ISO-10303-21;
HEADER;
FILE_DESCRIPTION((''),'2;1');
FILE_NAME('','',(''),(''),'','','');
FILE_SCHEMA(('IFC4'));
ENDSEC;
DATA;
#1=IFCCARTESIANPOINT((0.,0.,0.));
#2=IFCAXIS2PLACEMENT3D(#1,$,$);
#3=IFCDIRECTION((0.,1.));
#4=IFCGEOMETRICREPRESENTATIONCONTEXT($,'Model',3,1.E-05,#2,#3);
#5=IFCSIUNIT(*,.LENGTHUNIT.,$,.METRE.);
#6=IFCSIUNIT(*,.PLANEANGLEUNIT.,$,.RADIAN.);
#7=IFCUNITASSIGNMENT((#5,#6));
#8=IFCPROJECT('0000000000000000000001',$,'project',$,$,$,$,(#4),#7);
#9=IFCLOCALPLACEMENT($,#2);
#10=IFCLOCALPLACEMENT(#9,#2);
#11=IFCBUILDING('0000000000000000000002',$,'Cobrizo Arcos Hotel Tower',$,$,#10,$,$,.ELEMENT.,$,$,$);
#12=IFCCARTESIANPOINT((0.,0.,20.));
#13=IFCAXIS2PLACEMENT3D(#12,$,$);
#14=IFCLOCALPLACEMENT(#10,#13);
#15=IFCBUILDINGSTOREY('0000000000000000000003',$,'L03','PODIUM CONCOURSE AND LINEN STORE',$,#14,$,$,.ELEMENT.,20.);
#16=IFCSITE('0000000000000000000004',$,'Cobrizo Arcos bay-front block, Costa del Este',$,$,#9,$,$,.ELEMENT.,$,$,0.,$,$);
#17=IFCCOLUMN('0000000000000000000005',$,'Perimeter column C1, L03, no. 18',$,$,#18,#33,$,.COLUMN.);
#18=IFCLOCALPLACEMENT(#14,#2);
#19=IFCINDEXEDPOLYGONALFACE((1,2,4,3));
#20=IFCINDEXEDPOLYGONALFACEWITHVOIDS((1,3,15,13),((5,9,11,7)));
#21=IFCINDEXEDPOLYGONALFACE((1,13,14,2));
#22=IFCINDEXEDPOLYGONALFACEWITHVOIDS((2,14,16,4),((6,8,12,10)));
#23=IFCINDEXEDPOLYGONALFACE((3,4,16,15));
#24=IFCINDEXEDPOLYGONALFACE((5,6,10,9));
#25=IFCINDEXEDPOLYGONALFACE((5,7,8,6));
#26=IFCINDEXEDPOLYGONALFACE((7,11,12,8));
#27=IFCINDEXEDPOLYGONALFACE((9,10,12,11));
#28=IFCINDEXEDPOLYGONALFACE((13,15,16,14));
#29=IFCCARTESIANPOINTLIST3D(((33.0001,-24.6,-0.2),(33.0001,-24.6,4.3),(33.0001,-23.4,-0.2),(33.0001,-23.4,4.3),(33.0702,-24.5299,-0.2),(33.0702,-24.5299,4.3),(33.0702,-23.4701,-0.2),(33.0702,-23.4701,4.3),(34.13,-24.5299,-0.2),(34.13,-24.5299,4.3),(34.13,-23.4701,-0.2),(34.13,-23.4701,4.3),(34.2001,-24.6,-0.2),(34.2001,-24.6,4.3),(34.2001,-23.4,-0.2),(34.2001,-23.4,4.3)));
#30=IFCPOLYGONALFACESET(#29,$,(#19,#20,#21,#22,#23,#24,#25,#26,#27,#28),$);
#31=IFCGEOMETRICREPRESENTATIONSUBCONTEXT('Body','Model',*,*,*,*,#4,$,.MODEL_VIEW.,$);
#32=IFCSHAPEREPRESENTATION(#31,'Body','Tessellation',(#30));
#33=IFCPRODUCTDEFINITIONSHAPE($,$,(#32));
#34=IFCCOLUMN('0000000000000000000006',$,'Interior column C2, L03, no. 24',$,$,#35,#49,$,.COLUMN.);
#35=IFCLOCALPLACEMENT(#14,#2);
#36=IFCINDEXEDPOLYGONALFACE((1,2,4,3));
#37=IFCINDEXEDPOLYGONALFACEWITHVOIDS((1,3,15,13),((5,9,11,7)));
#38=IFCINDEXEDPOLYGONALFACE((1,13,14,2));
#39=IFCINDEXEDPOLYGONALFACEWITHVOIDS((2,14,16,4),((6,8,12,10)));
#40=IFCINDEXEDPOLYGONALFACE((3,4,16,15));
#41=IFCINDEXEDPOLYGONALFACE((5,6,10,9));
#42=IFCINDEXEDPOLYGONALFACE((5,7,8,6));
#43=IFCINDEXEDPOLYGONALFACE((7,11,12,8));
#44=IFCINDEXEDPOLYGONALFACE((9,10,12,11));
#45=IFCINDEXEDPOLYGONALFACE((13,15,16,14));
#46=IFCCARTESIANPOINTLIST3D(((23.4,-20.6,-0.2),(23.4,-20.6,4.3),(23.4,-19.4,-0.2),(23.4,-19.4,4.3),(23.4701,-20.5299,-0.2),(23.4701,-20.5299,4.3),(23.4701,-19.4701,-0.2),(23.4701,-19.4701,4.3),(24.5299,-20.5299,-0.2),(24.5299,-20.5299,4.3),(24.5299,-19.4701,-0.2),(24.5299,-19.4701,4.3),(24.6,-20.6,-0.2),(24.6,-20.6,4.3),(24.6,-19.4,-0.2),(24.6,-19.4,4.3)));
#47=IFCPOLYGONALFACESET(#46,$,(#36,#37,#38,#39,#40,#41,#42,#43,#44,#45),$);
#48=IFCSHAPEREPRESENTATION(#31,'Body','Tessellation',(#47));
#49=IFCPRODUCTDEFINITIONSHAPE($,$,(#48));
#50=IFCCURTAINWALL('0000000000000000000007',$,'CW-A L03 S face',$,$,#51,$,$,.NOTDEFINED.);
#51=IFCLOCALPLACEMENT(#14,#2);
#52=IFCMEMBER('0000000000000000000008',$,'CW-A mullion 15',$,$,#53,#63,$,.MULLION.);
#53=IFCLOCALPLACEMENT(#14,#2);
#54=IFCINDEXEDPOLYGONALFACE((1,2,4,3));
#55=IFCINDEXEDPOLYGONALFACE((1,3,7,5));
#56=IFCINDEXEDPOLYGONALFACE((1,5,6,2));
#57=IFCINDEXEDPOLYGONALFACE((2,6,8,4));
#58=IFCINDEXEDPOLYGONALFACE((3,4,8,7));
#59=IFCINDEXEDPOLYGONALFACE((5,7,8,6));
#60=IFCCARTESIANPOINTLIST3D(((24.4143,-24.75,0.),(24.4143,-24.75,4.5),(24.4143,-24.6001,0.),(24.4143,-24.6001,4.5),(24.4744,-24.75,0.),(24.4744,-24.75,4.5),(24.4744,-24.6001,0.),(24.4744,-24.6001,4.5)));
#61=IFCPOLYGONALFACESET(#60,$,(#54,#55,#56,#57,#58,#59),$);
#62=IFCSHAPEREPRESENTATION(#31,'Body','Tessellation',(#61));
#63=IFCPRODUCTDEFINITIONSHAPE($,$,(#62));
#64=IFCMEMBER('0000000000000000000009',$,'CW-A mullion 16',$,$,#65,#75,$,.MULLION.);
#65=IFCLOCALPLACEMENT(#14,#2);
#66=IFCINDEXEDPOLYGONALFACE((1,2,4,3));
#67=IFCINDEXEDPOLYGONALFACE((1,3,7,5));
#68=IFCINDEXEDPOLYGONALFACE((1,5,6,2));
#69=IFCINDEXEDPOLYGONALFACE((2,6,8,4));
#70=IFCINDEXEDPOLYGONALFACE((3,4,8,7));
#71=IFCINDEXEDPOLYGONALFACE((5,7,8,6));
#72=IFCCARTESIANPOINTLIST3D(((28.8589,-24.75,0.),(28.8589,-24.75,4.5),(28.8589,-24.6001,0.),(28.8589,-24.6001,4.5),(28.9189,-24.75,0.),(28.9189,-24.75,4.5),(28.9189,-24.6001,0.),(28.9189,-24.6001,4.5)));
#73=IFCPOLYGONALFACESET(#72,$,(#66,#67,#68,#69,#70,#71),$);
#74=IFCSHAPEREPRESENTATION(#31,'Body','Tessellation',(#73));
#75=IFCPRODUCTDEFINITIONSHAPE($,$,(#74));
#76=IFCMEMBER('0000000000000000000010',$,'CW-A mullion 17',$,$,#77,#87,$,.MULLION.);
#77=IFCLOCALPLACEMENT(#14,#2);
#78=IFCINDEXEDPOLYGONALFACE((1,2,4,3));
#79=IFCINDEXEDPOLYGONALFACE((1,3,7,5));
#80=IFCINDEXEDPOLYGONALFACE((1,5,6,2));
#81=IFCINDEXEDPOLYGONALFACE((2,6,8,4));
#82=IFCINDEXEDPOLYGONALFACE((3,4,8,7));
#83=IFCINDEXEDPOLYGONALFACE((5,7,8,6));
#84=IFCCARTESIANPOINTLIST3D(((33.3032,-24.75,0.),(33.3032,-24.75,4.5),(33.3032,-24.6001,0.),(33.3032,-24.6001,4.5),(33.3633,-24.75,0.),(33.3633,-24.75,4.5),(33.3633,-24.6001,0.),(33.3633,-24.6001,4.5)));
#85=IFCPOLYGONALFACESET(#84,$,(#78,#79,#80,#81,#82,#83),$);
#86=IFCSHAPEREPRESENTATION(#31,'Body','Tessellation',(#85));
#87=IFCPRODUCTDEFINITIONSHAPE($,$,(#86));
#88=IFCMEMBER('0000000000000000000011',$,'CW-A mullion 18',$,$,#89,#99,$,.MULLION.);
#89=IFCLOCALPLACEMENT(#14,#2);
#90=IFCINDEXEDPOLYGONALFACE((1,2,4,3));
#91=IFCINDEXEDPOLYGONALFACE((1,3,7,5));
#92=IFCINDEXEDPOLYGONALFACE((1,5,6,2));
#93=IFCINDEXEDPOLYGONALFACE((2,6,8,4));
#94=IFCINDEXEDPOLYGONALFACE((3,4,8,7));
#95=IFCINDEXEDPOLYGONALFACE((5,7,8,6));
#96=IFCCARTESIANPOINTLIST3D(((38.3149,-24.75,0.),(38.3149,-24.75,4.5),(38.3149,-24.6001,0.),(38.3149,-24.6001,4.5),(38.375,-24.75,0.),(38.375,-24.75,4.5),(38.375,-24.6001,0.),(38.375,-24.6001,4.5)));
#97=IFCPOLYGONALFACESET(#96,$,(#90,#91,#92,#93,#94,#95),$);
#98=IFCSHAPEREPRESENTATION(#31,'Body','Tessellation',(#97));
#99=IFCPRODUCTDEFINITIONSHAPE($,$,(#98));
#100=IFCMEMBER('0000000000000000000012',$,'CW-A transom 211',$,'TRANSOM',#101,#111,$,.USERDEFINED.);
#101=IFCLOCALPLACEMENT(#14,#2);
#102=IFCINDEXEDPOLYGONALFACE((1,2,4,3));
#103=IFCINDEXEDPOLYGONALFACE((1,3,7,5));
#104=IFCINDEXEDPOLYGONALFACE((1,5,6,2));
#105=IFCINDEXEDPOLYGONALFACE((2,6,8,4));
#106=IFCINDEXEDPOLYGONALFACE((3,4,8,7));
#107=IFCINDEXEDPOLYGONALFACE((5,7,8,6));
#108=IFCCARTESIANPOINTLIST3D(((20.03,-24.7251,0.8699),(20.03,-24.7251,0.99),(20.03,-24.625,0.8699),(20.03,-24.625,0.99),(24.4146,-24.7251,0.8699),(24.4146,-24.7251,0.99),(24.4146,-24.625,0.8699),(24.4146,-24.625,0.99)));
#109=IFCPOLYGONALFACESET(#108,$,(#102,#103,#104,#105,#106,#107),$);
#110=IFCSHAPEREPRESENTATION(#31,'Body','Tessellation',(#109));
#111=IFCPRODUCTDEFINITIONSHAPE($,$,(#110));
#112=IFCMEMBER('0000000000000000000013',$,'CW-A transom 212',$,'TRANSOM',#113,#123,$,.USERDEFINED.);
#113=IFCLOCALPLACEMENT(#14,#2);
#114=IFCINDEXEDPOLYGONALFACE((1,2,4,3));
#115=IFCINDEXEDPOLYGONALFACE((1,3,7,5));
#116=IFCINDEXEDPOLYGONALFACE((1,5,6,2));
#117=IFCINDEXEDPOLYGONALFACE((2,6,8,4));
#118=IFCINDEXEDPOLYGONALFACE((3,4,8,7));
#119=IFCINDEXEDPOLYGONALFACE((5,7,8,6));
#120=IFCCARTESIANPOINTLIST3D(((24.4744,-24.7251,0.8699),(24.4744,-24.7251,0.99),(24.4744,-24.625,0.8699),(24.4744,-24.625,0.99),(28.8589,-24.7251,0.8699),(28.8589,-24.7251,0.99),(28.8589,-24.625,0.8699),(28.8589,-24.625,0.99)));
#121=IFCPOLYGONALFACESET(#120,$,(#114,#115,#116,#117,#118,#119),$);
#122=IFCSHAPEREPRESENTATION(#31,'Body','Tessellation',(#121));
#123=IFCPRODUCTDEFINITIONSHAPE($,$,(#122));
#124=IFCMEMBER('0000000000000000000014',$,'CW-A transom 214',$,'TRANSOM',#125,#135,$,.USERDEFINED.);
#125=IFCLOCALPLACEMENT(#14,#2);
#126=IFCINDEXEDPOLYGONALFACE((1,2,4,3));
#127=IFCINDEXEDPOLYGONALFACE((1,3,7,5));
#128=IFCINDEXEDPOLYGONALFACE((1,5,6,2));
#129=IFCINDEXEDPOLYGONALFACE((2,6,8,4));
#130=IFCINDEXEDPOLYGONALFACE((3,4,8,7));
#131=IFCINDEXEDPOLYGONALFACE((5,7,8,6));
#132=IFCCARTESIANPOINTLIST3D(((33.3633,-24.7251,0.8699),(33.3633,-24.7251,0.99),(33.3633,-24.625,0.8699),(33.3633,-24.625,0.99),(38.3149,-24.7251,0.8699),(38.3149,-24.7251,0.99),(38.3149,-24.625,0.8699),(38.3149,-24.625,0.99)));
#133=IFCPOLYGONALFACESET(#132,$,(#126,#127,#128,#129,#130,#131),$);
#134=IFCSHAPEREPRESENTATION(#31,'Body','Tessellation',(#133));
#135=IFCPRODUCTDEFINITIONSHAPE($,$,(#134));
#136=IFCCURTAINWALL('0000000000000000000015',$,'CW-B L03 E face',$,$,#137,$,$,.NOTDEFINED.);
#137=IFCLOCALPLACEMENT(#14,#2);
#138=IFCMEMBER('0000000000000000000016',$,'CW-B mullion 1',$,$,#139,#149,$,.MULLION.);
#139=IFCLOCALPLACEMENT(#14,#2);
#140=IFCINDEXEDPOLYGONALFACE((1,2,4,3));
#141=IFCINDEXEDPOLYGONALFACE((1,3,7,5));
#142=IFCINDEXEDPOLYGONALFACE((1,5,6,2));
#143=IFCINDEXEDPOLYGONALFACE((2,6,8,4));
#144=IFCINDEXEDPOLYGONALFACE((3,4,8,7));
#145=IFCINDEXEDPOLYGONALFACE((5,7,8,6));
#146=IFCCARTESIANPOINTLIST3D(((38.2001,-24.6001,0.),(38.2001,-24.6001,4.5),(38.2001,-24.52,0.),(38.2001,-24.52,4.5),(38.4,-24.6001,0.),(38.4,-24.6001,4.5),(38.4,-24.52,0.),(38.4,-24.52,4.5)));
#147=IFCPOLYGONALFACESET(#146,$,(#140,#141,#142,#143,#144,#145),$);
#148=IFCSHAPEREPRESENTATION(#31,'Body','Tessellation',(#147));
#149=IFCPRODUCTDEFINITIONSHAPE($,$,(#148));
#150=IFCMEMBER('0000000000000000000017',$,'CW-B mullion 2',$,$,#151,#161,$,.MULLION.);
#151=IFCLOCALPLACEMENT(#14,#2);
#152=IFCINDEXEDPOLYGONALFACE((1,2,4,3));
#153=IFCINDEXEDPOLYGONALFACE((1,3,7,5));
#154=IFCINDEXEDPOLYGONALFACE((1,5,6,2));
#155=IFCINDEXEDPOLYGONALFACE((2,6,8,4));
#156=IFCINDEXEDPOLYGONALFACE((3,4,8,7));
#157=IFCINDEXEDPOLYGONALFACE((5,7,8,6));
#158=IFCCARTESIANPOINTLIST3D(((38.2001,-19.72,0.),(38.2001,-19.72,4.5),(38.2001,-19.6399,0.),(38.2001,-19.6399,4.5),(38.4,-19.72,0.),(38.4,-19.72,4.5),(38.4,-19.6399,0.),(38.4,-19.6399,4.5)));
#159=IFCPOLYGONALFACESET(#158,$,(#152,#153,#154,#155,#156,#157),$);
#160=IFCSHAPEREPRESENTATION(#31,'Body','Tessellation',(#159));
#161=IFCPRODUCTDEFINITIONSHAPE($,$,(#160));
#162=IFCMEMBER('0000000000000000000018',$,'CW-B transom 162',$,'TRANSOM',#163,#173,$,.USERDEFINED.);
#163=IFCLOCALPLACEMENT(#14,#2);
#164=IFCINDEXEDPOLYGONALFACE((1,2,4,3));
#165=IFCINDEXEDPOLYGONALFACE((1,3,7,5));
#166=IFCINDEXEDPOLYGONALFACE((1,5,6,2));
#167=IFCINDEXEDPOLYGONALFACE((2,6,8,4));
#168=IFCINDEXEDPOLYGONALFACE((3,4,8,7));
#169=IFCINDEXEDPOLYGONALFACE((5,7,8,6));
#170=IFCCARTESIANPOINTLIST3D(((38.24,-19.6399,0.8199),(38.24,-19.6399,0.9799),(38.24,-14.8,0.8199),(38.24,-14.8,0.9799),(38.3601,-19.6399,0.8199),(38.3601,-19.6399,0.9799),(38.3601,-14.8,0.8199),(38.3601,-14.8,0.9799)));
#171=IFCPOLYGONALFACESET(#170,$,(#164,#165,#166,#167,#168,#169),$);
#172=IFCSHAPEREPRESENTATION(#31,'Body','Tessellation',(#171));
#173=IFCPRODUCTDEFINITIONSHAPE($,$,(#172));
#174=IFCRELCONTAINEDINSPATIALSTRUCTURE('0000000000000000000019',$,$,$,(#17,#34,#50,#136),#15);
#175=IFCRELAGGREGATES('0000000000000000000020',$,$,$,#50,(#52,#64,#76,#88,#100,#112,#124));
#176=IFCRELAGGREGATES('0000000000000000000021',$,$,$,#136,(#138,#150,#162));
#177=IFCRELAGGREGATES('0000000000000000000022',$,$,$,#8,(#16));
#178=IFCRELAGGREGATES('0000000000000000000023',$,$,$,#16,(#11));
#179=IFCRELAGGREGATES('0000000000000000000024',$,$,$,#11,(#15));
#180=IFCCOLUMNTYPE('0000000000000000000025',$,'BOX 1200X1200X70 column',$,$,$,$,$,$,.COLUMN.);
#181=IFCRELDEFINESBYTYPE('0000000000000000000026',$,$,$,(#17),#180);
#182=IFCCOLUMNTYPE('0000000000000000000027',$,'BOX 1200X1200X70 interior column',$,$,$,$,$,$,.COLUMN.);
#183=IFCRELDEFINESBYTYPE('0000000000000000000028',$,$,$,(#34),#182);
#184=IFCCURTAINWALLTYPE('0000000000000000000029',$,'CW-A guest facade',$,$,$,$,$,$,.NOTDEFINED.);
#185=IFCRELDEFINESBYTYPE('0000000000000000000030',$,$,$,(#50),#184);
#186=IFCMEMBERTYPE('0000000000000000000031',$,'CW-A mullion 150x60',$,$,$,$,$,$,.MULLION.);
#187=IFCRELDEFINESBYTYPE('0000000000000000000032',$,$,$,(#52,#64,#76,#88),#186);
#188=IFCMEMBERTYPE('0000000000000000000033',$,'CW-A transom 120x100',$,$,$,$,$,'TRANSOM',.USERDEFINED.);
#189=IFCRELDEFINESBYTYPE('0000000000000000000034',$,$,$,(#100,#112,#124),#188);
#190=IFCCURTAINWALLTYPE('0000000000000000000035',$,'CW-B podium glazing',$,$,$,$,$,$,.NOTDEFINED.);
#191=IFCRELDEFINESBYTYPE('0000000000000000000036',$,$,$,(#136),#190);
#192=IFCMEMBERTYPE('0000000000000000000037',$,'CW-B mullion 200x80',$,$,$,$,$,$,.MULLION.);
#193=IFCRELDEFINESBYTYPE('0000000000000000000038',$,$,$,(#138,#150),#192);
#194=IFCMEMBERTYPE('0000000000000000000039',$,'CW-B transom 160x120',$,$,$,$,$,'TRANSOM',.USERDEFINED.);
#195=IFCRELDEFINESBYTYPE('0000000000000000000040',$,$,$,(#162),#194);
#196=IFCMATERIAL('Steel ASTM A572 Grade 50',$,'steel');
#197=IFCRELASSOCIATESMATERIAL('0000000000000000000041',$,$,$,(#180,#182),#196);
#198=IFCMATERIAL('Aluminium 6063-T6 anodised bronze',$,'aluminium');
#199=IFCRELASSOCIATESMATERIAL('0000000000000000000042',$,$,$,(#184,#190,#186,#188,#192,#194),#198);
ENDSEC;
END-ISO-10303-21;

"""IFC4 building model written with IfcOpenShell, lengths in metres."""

from ifc_helpers import new_model, si_unit, direction, frame, origin, origin_2d, place, context, subcontext, project, spatial, rectangle, hollow_rectangle, extrude, material, material_profile, profile_set, type_object, element, aggregate, save


model = new_model("IFC4")

# Units and contexts
model_context = context("Model", 3, precision=1e-05, world=origin(), true_north=direction((0.0, 1.0)))
body_context = subcontext(model_context, "Body", "Model", "MODEL_VIEW")
ifc_project = project(units=[si_unit("LENGTHUNIT", "METRE"), si_unit("PLANEANGLEUNIT", "RADIAN")], contexts=[model_context])

# Site, building, storey
site_placement = place(None, origin())
site = spatial("IfcSite", under=ifc_project, at=site_placement, Name="Cobrizo Arcos bay-front block, Costa del Este", CompositionType="ELEMENT", RefElevation=0.0)
building_placement = place(site_placement, origin())
building = spatial("IfcBuilding", under=site, at=building_placement, Name="Cobrizo Arcos Hotel Tower", CompositionType="ELEMENT")
storey_placement = place(building_placement, frame((0.0, 0.0, 20.0)))
storey = spatial("IfcBuildingStorey", under=building, at=storey_placement, Name="L03", Description="PODIUM CONCOURSE AND LINEN STORE", CompositionType="ELEMENT", Elevation=20.0)

# Columns
ifc_material_1 = material(Name="Steel ASTM A572 Grade 50", Category="steel")
ifc_material_profile_1 = material_profile(ifc_material_1, hollow_rectangle(XDim=1.2, YDim=1.2, WallThickness=0.0701, at=origin_2d()), Name="BOX 1200X1200X70")
ifc_profile_set_1 = profile_set([ifc_material_profile_1], Name="Steel ASTM A572 Grade 50")
column_type_1 = type_object("IfcColumnType", Name="BOX 1200X1200X70 column", PredefinedType="COLUMN", material=ifc_profile_set_1)
column_1_placement = place(storey_placement, frame((33.6001, -24.0, -0.2), z_axis=(0.0, 0.0, 1.0), x_axis=(1.0, 0.0, 0.0)))
element("IfcColumn", 1, at=column_1_placement, inside=storey, type_object=column_type_1, Name="Perimeter column C1, L03, no. 18", PredefinedType="COLUMN", context=body_context, shape_type="SweptSolid", body=[
    extrude(hollow_rectangle(XDim=1.2, YDim=1.2, WallThickness=0.0701, at=origin_2d()), origin(), (0.0, 0.0, 1.0), 4.5),
])
ifc_material_profile_2 = material_profile(ifc_material_1, hollow_rectangle(XDim=1.2, YDim=1.2, WallThickness=0.0701, at=origin_2d()), Name="BOX 1200X1200X70")
ifc_profile_set_2 = profile_set([ifc_material_profile_2], Name="Steel ASTM A572 Grade 50")
column_type_2 = type_object("IfcColumnType", Name="BOX 1200X1200X70 interior column", PredefinedType="COLUMN", material=ifc_profile_set_2)
column_2_placement = place(storey_placement, frame((24.0, -20.0, -0.2), z_axis=(0.0, 0.0, 1.0), x_axis=(1.0, 0.0, 0.0)))
element("IfcColumn", 2, at=column_2_placement, inside=storey, type_object=column_type_2, Name="Interior column C2, L03, no. 24", PredefinedType="COLUMN", context=body_context, shape_type="SweptSolid", body=[
    extrude(hollow_rectangle(XDim=1.2, YDim=1.2, WallThickness=0.0701, at=origin_2d()), origin(), (0.0, 0.0, 1.0), 4.5),
])

# Curtain walls, members
ifc_material_2 = material(Name="Aluminium 6063-T6 anodised bronze", Category="aluminium")
curtain_wall_type_1 = type_object("IfcCurtainWallType", Name="CW-A guest facade", PredefinedType="NOTDEFINED", material=ifc_material_2)
curtain_wall_1_placement = place(storey_placement, origin())
curtain_wall_1 = element("IfcCurtainWall", 3, at=curtain_wall_1_placement, inside=storey, type_object=curtain_wall_type_1, Name="CW-A L03 S face", PredefinedType="NOTDEFINED")
ifc_material_profile_3 = material_profile(ifc_material_2, rectangle(XDim=0.1499, YDim=0.0601, at=origin_2d()), Name="CW-A mullion 150x60")
ifc_profile_set_3 = profile_set([ifc_material_profile_3], Name="Aluminium 6063-T6 anodised bronze")
member_type_1 = type_object("IfcMemberType", Name="CW-A mullion 150x60", PredefinedType="MULLION", material=ifc_profile_set_3)
member_1_placement = place(storey_placement, frame((24.4443, -24.675, 0.0), z_axis=(0.0, 0.0, 1.0), x_axis=(0.0, -1.0, 0.0)))
member_1 = element("IfcMember", 4, at=member_1_placement, type_object=member_type_1, Name="CW-A mullion 15", PredefinedType="MULLION", context=body_context, shape_type="SweptSolid", body=[
    extrude(rectangle(XDim=0.1499, YDim=0.0601, at=origin_2d()), origin(), (0.0, 0.0, 1.0), 4.5),
])
member_2_placement = place(storey_placement, frame((28.8889, -24.675, 0.0), z_axis=(0.0, 0.0, 1.0), x_axis=(0.0, -1.0, 0.0)))
member_2 = element("IfcMember", 5, at=member_2_placement, type_object=member_type_1, Name="CW-A mullion 16", PredefinedType="MULLION", context=body_context, shape_type="SweptSolid", body=[
    extrude(rectangle(XDim=0.1499, YDim=0.0601, at=origin_2d()), origin(), (0.0, 0.0, 1.0), 4.5),
])
member_3_placement = place(storey_placement, frame((33.3333, -24.675, 0.0), z_axis=(0.0, 0.0, 1.0), x_axis=(0.0, -1.0, 0.0)))
member_3 = element("IfcMember", 6, at=member_3_placement, type_object=member_type_1, Name="CW-A mullion 17", PredefinedType="MULLION", context=body_context, shape_type="SweptSolid", body=[
    extrude(rectangle(XDim=0.1499, YDim=0.0601, at=origin_2d()), origin(), (0.0, 0.0, 1.0), 4.5),
])
member_4_placement = place(storey_placement, frame((38.345, -24.675, 0.0), z_axis=(0.0, 0.0, 1.0), x_axis=(0.0, -1.0, 0.0)))
member_4 = element("IfcMember", 7, at=member_4_placement, type_object=member_type_1, Name="CW-A mullion 18", PredefinedType="MULLION", context=body_context, shape_type="SweptSolid", body=[
    extrude(rectangle(XDim=0.1499, YDim=0.0601, at=origin_2d()), origin(), (0.0, 0.0, 1.0), 4.5),
])
ifc_material_profile_4 = material_profile(ifc_material_2, rectangle(XDim=0.1001, YDim=0.1201, at=origin_2d()), Name="CW-A transom 120x100")
ifc_profile_set_4 = profile_set([ifc_material_profile_4], Name="Aluminium 6063-T6 anodised bronze")
member_type_2 = type_object("IfcMemberType", Name="CW-A transom 120x100", ElementType="TRANSOM", PredefinedType="USERDEFINED", material=ifc_profile_set_4)
member_5_placement = place(storey_placement, frame((20.03, -24.675, 0.9299), z_axis=(1.0, 0.0, 0.0), x_axis=(0.0, 1.0, 0.0)))
member_5 = element("IfcMember", 8, at=member_5_placement, type_object=member_type_2, Name="CW-A transom 211", ObjectType="TRANSOM", PredefinedType="USERDEFINED", context=body_context, shape_type="SweptSolid", body=[
    extrude(rectangle(XDim=0.1001, YDim=0.1201, at=origin_2d()), origin(), (0.0, 0.0, 1.0), 4.3845),
])
member_6_placement = place(storey_placement, frame((24.4744, -24.675, 0.9299), z_axis=(1.0, 0.0, 0.0), x_axis=(0.0, 1.0, 0.0)))
member_6 = element("IfcMember", 9, at=member_6_placement, type_object=member_type_2, Name="CW-A transom 212", ObjectType="TRANSOM", PredefinedType="USERDEFINED", context=body_context, shape_type="SweptSolid", body=[
    extrude(rectangle(XDim=0.1001, YDim=0.1201, at=origin_2d()), origin(), (0.0, 0.0, 1.0), 4.3845),
])
member_7_placement = place(storey_placement, frame((33.3633, -24.675, 0.9299), z_axis=(1.0, 0.0, 0.0), x_axis=(0.0, 1.0, 0.0)))
member_7 = element("IfcMember", 10, at=member_7_placement, type_object=member_type_2, Name="CW-A transom 214", ObjectType="TRANSOM", PredefinedType="USERDEFINED", context=body_context, shape_type="SweptSolid", body=[
    extrude(rectangle(XDim=0.1001, YDim=0.1201, at=origin_2d()), origin(), (0.0, 0.0, 1.0), 4.9517),
])
curtain_wall_type_2 = type_object("IfcCurtainWallType", Name="CW-B podium glazing", PredefinedType="NOTDEFINED", material=ifc_material_2)
curtain_wall_2_placement = place(storey_placement, origin())
curtain_wall_2 = element("IfcCurtainWall", 11, at=curtain_wall_2_placement, inside=storey, type_object=curtain_wall_type_2, Name="CW-B L03 E face", PredefinedType="NOTDEFINED")
ifc_material_profile_5 = material_profile(ifc_material_2, rectangle(XDim=0.2, YDim=0.0801, at=origin_2d()), Name="CW-B mullion 200x80")
ifc_profile_set_5 = profile_set([ifc_material_profile_5], Name="Aluminium 6063-T6 anodised bronze")
member_type_3 = type_object("IfcMemberType", Name="CW-B mullion 200x80", PredefinedType="MULLION", material=ifc_profile_set_5)
member_8_placement = place(storey_placement, frame((38.3, -24.5601, 0.0), z_axis=(0.0, 0.0, 1.0), x_axis=(1.0, 0.0, 0.0)))
member_8 = element("IfcMember", 12, at=member_8_placement, type_object=member_type_3, Name="CW-B mullion 1", PredefinedType="MULLION", context=body_context, shape_type="SweptSolid", body=[
    extrude(rectangle(XDim=0.2, YDim=0.0801, at=origin_2d()), origin(), (0.0, 0.0, 1.0), 4.5),
])
member_9_placement = place(storey_placement, frame((38.3, -19.6799, 0.0), z_axis=(0.0, 0.0, 1.0), x_axis=(1.0, 0.0, 0.0)))
member_9 = element("IfcMember", 13, at=member_9_placement, type_object=member_type_3, Name="CW-B mullion 2", PredefinedType="MULLION", context=body_context, shape_type="SweptSolid", body=[
    extrude(rectangle(XDim=0.2, YDim=0.0801, at=origin_2d()), origin(), (0.0, 0.0, 1.0), 4.5),
])
ifc_material_profile_6 = material_profile(ifc_material_2, rectangle(XDim=0.1201, YDim=0.1599, at=origin_2d()), Name="CW-B transom 160x120")
ifc_profile_set_6 = profile_set([ifc_material_profile_6], Name="Aluminium 6063-T6 anodised bronze")
member_type_4 = type_object("IfcMemberType", Name="CW-B transom 160x120", ElementType="TRANSOM", PredefinedType="USERDEFINED", material=ifc_profile_set_6)
member_10_placement = place(storey_placement, frame((38.3, -19.6399, 0.8999), z_axis=(0.0, 1.0, 0.0), x_axis=(-1.0, 0.0, 0.0)))
member_10 = element("IfcMember", 14, at=member_10_placement, type_object=member_type_4, Name="CW-B transom 162", ObjectType="TRANSOM", PredefinedType="USERDEFINED", context=body_context, shape_type="SweptSolid", body=[
    extrude(rectangle(XDim=0.1201, YDim=0.1599, at=origin_2d()), origin(), (0.0, 0.0, 1.0), 4.8398),
])

aggregate(curtain_wall_1, [member_1, member_2, member_3, member_4, member_5, member_6, member_7])
aggregate(curtain_wall_2, [member_8, member_9, member_10])

save(model, "model.ifc")
